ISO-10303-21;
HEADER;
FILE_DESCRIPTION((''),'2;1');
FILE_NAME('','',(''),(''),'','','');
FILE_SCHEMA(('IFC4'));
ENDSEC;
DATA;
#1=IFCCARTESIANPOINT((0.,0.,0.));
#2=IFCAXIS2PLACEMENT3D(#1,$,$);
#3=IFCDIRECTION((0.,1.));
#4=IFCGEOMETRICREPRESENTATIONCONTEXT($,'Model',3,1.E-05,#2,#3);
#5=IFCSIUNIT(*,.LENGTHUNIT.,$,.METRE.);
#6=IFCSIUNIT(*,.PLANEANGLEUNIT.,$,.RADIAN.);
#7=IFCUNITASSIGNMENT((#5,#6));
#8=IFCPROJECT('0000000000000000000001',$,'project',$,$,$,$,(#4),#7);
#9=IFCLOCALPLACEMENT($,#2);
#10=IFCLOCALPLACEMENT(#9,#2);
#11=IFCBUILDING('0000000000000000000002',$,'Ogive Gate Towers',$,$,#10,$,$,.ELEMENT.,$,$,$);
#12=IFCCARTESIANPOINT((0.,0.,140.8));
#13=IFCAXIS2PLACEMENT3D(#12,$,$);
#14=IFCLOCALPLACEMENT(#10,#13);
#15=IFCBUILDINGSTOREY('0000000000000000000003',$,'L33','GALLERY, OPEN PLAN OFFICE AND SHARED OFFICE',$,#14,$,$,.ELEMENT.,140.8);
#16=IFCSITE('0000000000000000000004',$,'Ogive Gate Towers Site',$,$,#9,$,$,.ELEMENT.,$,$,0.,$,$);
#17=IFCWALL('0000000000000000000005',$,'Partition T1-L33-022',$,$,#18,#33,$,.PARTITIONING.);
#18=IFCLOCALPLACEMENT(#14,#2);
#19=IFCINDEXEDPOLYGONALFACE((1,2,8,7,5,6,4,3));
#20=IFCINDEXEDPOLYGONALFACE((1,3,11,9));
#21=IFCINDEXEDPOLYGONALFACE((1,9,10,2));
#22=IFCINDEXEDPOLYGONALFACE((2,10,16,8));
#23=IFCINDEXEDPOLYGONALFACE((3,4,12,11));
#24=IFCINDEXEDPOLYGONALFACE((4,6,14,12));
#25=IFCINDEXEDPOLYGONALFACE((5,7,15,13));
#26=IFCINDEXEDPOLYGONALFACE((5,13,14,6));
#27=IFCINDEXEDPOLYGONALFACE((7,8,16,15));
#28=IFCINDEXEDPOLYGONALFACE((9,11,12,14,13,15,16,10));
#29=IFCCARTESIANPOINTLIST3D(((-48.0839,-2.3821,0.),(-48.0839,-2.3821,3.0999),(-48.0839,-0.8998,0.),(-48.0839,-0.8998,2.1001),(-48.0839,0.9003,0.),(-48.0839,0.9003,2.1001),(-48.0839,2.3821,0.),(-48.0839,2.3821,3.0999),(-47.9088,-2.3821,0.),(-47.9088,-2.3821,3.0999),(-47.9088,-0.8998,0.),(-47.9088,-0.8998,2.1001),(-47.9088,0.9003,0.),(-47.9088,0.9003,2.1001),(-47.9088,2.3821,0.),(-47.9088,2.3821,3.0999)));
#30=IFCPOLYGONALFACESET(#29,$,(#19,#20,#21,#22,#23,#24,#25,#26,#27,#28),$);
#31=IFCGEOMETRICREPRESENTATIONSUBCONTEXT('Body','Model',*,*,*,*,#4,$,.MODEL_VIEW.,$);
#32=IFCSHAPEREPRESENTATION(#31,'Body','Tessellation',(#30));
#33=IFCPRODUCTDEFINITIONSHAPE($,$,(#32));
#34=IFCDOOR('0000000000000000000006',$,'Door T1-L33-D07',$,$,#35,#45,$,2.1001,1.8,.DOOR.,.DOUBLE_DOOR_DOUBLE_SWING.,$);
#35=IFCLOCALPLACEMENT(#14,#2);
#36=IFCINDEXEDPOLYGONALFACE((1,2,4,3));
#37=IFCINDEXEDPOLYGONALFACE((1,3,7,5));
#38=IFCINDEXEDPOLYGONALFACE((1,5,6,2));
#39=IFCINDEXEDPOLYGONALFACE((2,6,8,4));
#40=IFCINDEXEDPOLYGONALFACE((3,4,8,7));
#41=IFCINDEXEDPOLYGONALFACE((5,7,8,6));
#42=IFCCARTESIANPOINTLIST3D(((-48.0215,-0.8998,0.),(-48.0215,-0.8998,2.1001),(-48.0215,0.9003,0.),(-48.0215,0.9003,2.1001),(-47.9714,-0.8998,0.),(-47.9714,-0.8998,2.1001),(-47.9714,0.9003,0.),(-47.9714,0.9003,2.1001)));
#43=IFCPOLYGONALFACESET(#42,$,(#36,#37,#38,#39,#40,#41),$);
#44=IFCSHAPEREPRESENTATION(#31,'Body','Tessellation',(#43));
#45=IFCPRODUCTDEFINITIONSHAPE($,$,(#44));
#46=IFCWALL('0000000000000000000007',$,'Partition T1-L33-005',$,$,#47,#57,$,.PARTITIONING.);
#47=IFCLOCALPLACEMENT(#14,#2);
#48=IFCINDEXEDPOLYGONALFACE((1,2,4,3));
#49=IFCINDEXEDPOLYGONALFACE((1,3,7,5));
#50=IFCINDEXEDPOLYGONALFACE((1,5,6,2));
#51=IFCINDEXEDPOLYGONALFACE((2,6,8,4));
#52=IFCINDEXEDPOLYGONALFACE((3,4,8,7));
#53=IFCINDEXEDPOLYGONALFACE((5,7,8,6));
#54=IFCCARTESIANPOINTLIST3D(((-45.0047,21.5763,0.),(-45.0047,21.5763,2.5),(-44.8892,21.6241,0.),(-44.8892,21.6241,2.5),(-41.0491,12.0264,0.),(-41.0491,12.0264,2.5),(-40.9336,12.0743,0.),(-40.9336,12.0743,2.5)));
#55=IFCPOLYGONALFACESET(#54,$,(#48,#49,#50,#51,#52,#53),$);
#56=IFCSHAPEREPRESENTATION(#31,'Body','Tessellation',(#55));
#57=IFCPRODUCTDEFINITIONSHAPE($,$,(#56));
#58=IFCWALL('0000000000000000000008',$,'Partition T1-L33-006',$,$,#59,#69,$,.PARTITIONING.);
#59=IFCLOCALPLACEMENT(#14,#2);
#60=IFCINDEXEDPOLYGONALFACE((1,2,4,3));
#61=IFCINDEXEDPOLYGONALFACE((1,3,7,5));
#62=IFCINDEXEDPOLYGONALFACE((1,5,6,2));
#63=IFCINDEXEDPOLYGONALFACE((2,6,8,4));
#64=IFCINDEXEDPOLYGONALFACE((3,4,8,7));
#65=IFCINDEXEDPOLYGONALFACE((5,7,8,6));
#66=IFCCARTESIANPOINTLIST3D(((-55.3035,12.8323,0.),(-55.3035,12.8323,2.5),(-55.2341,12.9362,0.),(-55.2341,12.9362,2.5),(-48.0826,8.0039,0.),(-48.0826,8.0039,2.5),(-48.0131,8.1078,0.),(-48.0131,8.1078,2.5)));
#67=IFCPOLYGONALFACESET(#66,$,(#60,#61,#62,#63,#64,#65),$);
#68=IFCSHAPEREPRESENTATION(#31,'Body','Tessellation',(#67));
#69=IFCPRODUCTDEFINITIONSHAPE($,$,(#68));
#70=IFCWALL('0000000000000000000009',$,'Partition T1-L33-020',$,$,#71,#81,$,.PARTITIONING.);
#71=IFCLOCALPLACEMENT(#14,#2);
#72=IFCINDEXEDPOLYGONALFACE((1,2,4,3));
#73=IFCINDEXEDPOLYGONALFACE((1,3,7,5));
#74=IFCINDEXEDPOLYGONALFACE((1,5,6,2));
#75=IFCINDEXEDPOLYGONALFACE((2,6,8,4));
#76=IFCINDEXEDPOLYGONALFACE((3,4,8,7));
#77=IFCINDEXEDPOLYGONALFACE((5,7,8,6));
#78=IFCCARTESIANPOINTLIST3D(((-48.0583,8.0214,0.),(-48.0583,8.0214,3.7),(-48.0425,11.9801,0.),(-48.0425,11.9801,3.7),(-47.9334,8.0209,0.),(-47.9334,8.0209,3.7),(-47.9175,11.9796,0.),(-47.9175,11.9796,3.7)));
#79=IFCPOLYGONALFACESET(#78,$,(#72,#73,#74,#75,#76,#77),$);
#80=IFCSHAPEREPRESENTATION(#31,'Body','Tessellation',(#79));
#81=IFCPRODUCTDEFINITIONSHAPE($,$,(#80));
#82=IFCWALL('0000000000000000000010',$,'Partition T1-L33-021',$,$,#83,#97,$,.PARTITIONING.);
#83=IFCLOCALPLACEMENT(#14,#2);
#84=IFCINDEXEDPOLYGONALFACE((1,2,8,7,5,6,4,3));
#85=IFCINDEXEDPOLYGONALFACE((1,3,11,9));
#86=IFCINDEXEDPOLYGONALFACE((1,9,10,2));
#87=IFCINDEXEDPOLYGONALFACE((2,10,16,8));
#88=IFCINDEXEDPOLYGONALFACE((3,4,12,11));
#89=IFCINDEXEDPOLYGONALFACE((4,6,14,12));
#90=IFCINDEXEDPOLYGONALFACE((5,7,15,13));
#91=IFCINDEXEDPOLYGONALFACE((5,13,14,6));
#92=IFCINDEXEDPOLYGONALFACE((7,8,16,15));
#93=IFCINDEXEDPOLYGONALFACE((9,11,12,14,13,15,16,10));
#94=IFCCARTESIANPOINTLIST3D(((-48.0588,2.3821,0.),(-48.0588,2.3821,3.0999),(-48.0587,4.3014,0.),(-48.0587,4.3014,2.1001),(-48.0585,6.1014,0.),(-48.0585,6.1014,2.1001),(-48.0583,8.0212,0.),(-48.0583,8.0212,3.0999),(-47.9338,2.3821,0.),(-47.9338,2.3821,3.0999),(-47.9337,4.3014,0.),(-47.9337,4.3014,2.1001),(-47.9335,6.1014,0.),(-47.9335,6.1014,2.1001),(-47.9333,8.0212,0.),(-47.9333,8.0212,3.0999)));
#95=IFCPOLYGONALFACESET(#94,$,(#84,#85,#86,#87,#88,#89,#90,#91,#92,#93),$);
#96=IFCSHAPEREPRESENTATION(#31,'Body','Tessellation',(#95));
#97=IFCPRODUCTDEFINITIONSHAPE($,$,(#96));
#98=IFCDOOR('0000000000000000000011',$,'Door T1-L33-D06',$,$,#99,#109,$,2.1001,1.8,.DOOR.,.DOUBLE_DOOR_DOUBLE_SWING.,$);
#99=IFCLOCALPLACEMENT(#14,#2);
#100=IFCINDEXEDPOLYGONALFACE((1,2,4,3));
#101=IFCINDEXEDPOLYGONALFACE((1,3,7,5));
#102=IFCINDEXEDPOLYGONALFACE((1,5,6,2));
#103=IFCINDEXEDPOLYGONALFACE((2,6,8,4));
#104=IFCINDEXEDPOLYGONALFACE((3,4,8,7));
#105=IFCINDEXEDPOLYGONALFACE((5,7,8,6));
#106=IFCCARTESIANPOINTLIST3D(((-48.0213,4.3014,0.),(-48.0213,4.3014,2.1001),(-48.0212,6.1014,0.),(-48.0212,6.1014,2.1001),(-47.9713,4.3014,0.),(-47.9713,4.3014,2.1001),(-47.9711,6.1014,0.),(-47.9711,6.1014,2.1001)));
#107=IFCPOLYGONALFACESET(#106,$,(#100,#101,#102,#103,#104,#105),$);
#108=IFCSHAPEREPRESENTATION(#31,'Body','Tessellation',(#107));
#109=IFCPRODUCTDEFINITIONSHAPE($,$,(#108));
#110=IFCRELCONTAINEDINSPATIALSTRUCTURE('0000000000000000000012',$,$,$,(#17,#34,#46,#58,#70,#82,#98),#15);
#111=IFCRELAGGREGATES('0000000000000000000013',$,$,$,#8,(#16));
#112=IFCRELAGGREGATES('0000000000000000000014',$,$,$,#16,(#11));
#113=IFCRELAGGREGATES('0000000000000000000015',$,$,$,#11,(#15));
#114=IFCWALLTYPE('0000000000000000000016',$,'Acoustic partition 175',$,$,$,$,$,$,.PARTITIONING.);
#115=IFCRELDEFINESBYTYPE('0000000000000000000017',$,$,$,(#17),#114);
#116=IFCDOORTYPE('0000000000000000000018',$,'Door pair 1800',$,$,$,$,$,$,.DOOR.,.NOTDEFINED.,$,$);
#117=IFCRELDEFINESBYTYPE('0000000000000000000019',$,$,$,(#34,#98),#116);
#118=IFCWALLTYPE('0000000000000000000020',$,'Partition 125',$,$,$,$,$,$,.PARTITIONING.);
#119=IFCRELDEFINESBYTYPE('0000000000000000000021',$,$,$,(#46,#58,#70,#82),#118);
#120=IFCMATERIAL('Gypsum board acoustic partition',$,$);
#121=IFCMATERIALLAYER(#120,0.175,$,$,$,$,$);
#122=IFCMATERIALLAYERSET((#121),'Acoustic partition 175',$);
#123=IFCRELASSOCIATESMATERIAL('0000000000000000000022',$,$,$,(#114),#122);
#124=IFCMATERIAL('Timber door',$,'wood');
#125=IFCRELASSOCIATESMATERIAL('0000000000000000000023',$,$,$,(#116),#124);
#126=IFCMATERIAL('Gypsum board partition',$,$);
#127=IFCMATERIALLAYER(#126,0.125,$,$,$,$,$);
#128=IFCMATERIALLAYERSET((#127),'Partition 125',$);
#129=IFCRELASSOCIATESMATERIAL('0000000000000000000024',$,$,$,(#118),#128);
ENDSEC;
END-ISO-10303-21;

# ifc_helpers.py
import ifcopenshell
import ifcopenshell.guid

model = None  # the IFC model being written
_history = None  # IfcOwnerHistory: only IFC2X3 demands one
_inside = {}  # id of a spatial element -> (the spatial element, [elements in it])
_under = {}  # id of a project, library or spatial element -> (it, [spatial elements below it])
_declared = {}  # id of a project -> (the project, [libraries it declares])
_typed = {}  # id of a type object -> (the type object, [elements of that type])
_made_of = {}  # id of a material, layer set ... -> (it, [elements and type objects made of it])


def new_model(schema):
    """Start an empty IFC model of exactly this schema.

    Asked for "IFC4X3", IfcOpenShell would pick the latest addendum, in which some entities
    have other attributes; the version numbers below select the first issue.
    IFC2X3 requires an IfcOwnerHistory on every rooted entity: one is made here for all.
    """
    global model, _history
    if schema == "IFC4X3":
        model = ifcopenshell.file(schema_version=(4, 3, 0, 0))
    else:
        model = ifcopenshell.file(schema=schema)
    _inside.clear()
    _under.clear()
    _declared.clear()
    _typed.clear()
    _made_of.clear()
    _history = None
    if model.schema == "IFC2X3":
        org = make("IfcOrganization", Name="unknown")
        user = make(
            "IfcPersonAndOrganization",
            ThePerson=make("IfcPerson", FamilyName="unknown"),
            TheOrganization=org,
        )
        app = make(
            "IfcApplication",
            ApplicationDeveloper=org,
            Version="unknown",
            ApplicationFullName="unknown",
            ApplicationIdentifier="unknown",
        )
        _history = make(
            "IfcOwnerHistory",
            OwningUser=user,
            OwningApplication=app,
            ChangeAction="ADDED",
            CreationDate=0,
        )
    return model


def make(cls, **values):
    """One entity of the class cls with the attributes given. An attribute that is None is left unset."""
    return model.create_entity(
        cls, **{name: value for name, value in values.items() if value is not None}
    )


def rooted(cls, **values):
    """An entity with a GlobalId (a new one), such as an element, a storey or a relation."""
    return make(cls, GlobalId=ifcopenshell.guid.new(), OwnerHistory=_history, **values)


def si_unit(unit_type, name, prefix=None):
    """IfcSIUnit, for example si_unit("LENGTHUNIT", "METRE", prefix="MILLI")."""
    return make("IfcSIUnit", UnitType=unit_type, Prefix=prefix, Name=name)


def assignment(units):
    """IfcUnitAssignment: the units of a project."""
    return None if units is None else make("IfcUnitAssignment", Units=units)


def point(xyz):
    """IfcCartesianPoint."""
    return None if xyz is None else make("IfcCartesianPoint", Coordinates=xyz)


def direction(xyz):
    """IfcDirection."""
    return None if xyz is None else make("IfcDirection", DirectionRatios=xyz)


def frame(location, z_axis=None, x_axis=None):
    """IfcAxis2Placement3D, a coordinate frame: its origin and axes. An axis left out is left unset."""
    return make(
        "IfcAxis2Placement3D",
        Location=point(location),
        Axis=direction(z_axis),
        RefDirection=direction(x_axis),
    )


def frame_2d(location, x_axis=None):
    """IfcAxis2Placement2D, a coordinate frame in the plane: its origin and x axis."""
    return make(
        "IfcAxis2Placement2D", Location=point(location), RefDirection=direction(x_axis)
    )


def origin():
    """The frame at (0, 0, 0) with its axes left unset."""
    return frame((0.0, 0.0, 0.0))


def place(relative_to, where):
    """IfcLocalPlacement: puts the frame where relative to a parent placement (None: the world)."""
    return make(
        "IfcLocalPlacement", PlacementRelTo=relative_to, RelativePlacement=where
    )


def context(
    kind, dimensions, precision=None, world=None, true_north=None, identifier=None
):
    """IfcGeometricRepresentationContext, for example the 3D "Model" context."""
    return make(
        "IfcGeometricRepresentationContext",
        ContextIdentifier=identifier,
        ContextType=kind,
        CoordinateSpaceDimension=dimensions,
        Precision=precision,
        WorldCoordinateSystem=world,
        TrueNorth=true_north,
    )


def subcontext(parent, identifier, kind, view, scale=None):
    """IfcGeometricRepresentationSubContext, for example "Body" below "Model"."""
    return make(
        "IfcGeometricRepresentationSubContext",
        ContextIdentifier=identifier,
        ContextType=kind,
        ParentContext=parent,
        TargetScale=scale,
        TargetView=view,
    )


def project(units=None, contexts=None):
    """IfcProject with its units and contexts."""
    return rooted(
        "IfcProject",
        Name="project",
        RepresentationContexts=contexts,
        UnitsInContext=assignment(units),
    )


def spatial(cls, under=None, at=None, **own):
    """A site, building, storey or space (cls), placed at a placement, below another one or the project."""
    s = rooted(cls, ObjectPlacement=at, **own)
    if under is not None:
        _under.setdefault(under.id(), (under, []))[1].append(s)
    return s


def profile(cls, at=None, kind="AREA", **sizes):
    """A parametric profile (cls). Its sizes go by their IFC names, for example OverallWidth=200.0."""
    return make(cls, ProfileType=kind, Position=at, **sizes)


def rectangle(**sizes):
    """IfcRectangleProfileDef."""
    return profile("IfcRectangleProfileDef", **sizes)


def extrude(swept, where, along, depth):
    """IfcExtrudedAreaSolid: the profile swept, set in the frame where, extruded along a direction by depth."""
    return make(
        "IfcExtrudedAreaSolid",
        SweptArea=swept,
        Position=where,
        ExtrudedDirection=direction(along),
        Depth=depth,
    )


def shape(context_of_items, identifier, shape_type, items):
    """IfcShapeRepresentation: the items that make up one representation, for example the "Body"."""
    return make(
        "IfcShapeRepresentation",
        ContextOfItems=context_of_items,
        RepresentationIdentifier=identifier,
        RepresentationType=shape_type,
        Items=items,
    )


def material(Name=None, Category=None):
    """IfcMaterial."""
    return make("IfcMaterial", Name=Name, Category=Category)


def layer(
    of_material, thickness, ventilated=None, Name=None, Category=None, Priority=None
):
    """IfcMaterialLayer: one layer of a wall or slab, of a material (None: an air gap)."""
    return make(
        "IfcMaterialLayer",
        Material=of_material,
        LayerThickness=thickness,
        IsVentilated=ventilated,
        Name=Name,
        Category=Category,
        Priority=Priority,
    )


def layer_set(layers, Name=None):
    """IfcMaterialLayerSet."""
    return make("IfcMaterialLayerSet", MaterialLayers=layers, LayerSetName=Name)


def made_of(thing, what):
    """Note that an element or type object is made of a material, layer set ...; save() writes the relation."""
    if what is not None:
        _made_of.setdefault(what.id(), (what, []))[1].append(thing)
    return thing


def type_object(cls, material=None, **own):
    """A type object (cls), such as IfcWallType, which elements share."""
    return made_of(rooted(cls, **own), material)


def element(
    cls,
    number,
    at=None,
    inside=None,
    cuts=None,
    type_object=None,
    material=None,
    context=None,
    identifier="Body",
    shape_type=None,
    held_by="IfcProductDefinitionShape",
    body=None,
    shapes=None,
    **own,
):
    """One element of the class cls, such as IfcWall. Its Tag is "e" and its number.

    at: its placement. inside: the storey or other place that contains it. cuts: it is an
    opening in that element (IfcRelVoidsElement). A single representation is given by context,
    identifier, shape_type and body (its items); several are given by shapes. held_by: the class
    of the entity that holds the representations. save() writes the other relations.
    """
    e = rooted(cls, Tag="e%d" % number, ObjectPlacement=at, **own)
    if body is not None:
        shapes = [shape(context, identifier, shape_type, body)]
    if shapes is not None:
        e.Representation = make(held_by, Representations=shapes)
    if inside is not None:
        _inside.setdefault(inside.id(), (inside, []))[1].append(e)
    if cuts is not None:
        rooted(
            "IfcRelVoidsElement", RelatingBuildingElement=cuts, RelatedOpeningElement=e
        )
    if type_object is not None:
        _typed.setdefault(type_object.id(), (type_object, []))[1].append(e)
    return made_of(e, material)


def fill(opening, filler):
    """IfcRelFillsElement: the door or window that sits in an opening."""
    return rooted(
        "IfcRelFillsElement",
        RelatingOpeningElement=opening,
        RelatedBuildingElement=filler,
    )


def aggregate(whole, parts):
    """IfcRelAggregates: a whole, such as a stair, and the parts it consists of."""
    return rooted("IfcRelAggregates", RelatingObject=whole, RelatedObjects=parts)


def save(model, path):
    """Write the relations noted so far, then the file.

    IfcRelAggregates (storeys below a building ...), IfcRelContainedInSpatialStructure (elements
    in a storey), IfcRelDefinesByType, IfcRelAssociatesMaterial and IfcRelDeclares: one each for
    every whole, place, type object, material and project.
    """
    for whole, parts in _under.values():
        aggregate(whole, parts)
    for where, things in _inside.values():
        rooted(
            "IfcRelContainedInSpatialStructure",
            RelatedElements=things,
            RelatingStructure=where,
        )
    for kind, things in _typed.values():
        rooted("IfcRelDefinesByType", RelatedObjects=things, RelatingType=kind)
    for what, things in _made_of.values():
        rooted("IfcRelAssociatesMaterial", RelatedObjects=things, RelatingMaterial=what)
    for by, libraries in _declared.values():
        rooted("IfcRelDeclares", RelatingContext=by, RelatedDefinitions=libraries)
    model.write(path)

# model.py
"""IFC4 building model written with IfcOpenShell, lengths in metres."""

from ifc_helpers import new_model, si_unit, direction, frame, frame_2d, origin, place, context, subcontext, project, spatial, rectangle, extrude, material, layer, layer_set, type_object, element, fill, save


model = new_model("IFC4")

# Units and contexts
model_context = context("Model", 3, precision=1e-05, world=origin(), true_north=direction((0.0, 1.0)))
body_context = subcontext(model_context, "Body", "Model", "MODEL_VIEW")
ifc_project = project(units=[si_unit("LENGTHUNIT", "METRE"), si_unit("PLANEANGLEUNIT", "RADIAN")], contexts=[model_context])

# Site, building, storey
site_placement = place(None, origin())
site = spatial("IfcSite", under=ifc_project, at=site_placement, Name="Ogive Gate Towers Site", CompositionType="ELEMENT", RefElevation=0.0)
building_placement = place(site_placement, origin())
building = spatial("IfcBuilding", under=site, at=building_placement, Name="Ogive Gate Towers", CompositionType="ELEMENT")
storey_placement = place(building_placement, frame((0.0, 0.0, 140.8)))
storey = spatial("IfcBuildingStorey", under=building, at=storey_placement, Name="L33", Description="GALLERY, OPEN PLAN OFFICE AND SHARED OFFICE", CompositionType="ELEMENT", Elevation=140.8)

# Shared definitions
ifc_material_1 = material(Name="Gypsum board acoustic partition")
ifc_layer_1 = layer(ifc_material_1, 0.175)
ifc_layer_set_1 = layer_set([ifc_layer_1], Name="Acoustic partition 175")
wall_type_1 = type_object("IfcWallType", Name="Acoustic partition 175", PredefinedType="PARTITIONING", material=ifc_layer_set_1)

# Wall, opening, door
wall_1_placement = place(storey_placement, frame((-47.9963, 2.3821, 0.0), z_axis=(0.0, 0.0, 1.0), x_axis=(0.0, -1.0, 0.0)))
wall_1 = element("IfcWall", 1, at=wall_1_placement, inside=storey, type_object=wall_type_1, Name="Partition T1-L33-022", PredefinedType="PARTITIONING", context=body_context, shape_type="SweptSolid", body=[
    extrude(rectangle(XDim=4.7642, YDim=0.175, at=frame_2d((2.3821, 0.0))), origin(), (0.0, 0.0, 1.0), 3.0999),
])
opening_1_placement = place(wall_1_placement, frame((1.4819, 0.0, 0.0)))
opening_1 = element("IfcOpeningElement", 2, at=opening_1_placement, cuts=wall_1, PredefinedType="OPENING", context=body_context, shape_type="SweptSolid", body=[
    extrude(rectangle(XDim=1.8, YDim=2.1001, at=frame_2d((0.8999, 1.05))), frame((0.0, 0.0977, 0.0), z_axis=(0.0, -1.0, 0.0), x_axis=(1.0, 0.0, 0.0)), (0.0, 0.0, 1.0), 0.1951),
])
ifc_material_2 = material(Name="Timber door", Category="wood")
door_type = type_object("IfcDoorType", Name="Door pair 1800", OperationType="NOTDEFINED", PredefinedType="DOOR", material=ifc_material_2)
door_1_placement = place(opening_1_placement, origin())
door_1 = element("IfcDoor", 3, at=door_1_placement, inside=storey, type_object=door_type, Name="Door T1-L33-D07", OperationType="DOUBLE_DOOR_DOUBLE_SWING", OverallHeight=2.1001, OverallWidth=1.8, PredefinedType="DOOR", context=body_context, shape_type="SweptSolid", body=[
    extrude(rectangle(XDim=1.8, YDim=2.1001, at=frame_2d((0.8999, 1.05))), frame((0.0, 0.0249, 0.0), z_axis=(0.0, -1.0, 0.0), x_axis=(1.0, 0.0, 0.0)), (0.0, 0.0, 1.0), 0.05),
])
fill(opening_1, door_1)

# Walls
ifc_material_3 = material(Name="Gypsum board partition")
ifc_layer_2 = layer(ifc_material_3, 0.125)
ifc_layer_set_2 = layer_set([ifc_layer_2], Name="Partition 125")
wall_type_2 = type_object("IfcWallType", Name="Partition 125", PredefinedType="PARTITIONING", material=ifc_layer_set_2)
wall_2_placement = place(storey_placement, frame((-44.947, 21.6003, 0.0), z_axis=(0.0, 0.0, 1.0), x_axis=(0.382676, -0.923883, 0.0)))
element("IfcWall", 4, at=wall_2_placement, inside=storey, type_object=wall_type_2, Name="Partition T1-L33-005", PredefinedType="PARTITIONING", context=body_context, shape_type="SweptSolid", body=[
    extrude(rectangle(XDim=10.3367, YDim=0.125, at=frame_2d((5.1685, 0.0))), origin(), (0.0, 0.0, 1.0), 2.5),
])
wall_3_placement = place(storey_placement, frame((-55.2688, 12.8843, 0.0), z_axis=(0.0, 0.0, 1.0), x_axis=(0.831284, -0.555848, 0.0)))
element("IfcWall", 5, at=wall_3_placement, inside=storey, type_object=wall_type_2, Name="Partition T1-L33-006", PredefinedType="PARTITIONING", context=body_context, shape_type="SweptSolid", body=[
    extrude(rectangle(XDim=8.6865, YDim=0.125, at=frame_2d((4.3433, 0.0))), origin(), (0.0, 0.0, 1.0), 2.5),
])
wall_4_placement = place(storey_placement, frame((-47.98, 11.98, 0.0), z_axis=(0.0, 0.0, 1.0), x_axis=(-0.004009, -0.999992, 0.0)))
element("IfcWall", 6, at=wall_4_placement, inside=storey, type_object=wall_type_2, Name="Partition T1-L33-020", PredefinedType="PARTITIONING", context=body_context, shape_type="SweptSolid", body=[
    extrude(rectangle(XDim=3.9587, YDim=0.125, at=frame_2d((1.9795, 0.0))), origin(), (0.0, 0.0, 1.0), 3.7),
])

# Wall, opening, door
wall_5_placement = place(storey_placement, frame((-47.9958, 8.0212, 0.0), z_axis=(0.0, 0.0, 1.0), x_axis=(-0.000087, -1.0, 0.0)))
wall_5 = element("IfcWall", 7, at=wall_5_placement, inside=storey, type_object=wall_type_2, Name="Partition T1-L33-021", PredefinedType="PARTITIONING", context=body_context, shape_type="SweptSolid", body=[
    extrude(rectangle(XDim=5.6392, YDim=0.125, at=frame_2d((2.8196, 0.0))), origin(), (0.0, 0.0, 1.0), 3.0999),
])
opening_2_placement = place(wall_5_placement, frame((1.9199, 0.0, 0.0)))
opening_2 = element("IfcOpeningElement", 8, at=opening_2_placement, cuts=wall_5, PredefinedType="OPENING", context=body_context, shape_type="SweptSolid", body=[
    extrude(rectangle(XDim=1.8, YDim=2.1001, at=frame_2d((0.8999, 1.05))), frame((0.0, 0.0725, 0.0), z_axis=(0.0, -1.0, 0.0), x_axis=(1.0, 0.0, 0.0)), (0.0, 0.0, 1.0), 0.145),
])
door_2_placement = place(opening_2_placement, origin())
door_2 = element("IfcDoor", 9, at=door_2_placement, inside=storey, type_object=door_type, Name="Door T1-L33-D06", OperationType="DOUBLE_DOOR_DOUBLE_SWING", OverallHeight=2.1001, OverallWidth=1.8, PredefinedType="DOOR", context=body_context, shape_type="SweptSolid", body=[
    extrude(rectangle(XDim=1.8, YDim=2.1001, at=frame_2d((0.8999, 1.05))), frame((0.0, 0.0249, 0.0), z_axis=(0.0, -1.0, 0.0), x_axis=(1.0, 0.0, 0.0)), (0.0, 0.0, 1.0), 0.05),
])
fill(opening_2, door_2)

save(model, "model.ifc")
